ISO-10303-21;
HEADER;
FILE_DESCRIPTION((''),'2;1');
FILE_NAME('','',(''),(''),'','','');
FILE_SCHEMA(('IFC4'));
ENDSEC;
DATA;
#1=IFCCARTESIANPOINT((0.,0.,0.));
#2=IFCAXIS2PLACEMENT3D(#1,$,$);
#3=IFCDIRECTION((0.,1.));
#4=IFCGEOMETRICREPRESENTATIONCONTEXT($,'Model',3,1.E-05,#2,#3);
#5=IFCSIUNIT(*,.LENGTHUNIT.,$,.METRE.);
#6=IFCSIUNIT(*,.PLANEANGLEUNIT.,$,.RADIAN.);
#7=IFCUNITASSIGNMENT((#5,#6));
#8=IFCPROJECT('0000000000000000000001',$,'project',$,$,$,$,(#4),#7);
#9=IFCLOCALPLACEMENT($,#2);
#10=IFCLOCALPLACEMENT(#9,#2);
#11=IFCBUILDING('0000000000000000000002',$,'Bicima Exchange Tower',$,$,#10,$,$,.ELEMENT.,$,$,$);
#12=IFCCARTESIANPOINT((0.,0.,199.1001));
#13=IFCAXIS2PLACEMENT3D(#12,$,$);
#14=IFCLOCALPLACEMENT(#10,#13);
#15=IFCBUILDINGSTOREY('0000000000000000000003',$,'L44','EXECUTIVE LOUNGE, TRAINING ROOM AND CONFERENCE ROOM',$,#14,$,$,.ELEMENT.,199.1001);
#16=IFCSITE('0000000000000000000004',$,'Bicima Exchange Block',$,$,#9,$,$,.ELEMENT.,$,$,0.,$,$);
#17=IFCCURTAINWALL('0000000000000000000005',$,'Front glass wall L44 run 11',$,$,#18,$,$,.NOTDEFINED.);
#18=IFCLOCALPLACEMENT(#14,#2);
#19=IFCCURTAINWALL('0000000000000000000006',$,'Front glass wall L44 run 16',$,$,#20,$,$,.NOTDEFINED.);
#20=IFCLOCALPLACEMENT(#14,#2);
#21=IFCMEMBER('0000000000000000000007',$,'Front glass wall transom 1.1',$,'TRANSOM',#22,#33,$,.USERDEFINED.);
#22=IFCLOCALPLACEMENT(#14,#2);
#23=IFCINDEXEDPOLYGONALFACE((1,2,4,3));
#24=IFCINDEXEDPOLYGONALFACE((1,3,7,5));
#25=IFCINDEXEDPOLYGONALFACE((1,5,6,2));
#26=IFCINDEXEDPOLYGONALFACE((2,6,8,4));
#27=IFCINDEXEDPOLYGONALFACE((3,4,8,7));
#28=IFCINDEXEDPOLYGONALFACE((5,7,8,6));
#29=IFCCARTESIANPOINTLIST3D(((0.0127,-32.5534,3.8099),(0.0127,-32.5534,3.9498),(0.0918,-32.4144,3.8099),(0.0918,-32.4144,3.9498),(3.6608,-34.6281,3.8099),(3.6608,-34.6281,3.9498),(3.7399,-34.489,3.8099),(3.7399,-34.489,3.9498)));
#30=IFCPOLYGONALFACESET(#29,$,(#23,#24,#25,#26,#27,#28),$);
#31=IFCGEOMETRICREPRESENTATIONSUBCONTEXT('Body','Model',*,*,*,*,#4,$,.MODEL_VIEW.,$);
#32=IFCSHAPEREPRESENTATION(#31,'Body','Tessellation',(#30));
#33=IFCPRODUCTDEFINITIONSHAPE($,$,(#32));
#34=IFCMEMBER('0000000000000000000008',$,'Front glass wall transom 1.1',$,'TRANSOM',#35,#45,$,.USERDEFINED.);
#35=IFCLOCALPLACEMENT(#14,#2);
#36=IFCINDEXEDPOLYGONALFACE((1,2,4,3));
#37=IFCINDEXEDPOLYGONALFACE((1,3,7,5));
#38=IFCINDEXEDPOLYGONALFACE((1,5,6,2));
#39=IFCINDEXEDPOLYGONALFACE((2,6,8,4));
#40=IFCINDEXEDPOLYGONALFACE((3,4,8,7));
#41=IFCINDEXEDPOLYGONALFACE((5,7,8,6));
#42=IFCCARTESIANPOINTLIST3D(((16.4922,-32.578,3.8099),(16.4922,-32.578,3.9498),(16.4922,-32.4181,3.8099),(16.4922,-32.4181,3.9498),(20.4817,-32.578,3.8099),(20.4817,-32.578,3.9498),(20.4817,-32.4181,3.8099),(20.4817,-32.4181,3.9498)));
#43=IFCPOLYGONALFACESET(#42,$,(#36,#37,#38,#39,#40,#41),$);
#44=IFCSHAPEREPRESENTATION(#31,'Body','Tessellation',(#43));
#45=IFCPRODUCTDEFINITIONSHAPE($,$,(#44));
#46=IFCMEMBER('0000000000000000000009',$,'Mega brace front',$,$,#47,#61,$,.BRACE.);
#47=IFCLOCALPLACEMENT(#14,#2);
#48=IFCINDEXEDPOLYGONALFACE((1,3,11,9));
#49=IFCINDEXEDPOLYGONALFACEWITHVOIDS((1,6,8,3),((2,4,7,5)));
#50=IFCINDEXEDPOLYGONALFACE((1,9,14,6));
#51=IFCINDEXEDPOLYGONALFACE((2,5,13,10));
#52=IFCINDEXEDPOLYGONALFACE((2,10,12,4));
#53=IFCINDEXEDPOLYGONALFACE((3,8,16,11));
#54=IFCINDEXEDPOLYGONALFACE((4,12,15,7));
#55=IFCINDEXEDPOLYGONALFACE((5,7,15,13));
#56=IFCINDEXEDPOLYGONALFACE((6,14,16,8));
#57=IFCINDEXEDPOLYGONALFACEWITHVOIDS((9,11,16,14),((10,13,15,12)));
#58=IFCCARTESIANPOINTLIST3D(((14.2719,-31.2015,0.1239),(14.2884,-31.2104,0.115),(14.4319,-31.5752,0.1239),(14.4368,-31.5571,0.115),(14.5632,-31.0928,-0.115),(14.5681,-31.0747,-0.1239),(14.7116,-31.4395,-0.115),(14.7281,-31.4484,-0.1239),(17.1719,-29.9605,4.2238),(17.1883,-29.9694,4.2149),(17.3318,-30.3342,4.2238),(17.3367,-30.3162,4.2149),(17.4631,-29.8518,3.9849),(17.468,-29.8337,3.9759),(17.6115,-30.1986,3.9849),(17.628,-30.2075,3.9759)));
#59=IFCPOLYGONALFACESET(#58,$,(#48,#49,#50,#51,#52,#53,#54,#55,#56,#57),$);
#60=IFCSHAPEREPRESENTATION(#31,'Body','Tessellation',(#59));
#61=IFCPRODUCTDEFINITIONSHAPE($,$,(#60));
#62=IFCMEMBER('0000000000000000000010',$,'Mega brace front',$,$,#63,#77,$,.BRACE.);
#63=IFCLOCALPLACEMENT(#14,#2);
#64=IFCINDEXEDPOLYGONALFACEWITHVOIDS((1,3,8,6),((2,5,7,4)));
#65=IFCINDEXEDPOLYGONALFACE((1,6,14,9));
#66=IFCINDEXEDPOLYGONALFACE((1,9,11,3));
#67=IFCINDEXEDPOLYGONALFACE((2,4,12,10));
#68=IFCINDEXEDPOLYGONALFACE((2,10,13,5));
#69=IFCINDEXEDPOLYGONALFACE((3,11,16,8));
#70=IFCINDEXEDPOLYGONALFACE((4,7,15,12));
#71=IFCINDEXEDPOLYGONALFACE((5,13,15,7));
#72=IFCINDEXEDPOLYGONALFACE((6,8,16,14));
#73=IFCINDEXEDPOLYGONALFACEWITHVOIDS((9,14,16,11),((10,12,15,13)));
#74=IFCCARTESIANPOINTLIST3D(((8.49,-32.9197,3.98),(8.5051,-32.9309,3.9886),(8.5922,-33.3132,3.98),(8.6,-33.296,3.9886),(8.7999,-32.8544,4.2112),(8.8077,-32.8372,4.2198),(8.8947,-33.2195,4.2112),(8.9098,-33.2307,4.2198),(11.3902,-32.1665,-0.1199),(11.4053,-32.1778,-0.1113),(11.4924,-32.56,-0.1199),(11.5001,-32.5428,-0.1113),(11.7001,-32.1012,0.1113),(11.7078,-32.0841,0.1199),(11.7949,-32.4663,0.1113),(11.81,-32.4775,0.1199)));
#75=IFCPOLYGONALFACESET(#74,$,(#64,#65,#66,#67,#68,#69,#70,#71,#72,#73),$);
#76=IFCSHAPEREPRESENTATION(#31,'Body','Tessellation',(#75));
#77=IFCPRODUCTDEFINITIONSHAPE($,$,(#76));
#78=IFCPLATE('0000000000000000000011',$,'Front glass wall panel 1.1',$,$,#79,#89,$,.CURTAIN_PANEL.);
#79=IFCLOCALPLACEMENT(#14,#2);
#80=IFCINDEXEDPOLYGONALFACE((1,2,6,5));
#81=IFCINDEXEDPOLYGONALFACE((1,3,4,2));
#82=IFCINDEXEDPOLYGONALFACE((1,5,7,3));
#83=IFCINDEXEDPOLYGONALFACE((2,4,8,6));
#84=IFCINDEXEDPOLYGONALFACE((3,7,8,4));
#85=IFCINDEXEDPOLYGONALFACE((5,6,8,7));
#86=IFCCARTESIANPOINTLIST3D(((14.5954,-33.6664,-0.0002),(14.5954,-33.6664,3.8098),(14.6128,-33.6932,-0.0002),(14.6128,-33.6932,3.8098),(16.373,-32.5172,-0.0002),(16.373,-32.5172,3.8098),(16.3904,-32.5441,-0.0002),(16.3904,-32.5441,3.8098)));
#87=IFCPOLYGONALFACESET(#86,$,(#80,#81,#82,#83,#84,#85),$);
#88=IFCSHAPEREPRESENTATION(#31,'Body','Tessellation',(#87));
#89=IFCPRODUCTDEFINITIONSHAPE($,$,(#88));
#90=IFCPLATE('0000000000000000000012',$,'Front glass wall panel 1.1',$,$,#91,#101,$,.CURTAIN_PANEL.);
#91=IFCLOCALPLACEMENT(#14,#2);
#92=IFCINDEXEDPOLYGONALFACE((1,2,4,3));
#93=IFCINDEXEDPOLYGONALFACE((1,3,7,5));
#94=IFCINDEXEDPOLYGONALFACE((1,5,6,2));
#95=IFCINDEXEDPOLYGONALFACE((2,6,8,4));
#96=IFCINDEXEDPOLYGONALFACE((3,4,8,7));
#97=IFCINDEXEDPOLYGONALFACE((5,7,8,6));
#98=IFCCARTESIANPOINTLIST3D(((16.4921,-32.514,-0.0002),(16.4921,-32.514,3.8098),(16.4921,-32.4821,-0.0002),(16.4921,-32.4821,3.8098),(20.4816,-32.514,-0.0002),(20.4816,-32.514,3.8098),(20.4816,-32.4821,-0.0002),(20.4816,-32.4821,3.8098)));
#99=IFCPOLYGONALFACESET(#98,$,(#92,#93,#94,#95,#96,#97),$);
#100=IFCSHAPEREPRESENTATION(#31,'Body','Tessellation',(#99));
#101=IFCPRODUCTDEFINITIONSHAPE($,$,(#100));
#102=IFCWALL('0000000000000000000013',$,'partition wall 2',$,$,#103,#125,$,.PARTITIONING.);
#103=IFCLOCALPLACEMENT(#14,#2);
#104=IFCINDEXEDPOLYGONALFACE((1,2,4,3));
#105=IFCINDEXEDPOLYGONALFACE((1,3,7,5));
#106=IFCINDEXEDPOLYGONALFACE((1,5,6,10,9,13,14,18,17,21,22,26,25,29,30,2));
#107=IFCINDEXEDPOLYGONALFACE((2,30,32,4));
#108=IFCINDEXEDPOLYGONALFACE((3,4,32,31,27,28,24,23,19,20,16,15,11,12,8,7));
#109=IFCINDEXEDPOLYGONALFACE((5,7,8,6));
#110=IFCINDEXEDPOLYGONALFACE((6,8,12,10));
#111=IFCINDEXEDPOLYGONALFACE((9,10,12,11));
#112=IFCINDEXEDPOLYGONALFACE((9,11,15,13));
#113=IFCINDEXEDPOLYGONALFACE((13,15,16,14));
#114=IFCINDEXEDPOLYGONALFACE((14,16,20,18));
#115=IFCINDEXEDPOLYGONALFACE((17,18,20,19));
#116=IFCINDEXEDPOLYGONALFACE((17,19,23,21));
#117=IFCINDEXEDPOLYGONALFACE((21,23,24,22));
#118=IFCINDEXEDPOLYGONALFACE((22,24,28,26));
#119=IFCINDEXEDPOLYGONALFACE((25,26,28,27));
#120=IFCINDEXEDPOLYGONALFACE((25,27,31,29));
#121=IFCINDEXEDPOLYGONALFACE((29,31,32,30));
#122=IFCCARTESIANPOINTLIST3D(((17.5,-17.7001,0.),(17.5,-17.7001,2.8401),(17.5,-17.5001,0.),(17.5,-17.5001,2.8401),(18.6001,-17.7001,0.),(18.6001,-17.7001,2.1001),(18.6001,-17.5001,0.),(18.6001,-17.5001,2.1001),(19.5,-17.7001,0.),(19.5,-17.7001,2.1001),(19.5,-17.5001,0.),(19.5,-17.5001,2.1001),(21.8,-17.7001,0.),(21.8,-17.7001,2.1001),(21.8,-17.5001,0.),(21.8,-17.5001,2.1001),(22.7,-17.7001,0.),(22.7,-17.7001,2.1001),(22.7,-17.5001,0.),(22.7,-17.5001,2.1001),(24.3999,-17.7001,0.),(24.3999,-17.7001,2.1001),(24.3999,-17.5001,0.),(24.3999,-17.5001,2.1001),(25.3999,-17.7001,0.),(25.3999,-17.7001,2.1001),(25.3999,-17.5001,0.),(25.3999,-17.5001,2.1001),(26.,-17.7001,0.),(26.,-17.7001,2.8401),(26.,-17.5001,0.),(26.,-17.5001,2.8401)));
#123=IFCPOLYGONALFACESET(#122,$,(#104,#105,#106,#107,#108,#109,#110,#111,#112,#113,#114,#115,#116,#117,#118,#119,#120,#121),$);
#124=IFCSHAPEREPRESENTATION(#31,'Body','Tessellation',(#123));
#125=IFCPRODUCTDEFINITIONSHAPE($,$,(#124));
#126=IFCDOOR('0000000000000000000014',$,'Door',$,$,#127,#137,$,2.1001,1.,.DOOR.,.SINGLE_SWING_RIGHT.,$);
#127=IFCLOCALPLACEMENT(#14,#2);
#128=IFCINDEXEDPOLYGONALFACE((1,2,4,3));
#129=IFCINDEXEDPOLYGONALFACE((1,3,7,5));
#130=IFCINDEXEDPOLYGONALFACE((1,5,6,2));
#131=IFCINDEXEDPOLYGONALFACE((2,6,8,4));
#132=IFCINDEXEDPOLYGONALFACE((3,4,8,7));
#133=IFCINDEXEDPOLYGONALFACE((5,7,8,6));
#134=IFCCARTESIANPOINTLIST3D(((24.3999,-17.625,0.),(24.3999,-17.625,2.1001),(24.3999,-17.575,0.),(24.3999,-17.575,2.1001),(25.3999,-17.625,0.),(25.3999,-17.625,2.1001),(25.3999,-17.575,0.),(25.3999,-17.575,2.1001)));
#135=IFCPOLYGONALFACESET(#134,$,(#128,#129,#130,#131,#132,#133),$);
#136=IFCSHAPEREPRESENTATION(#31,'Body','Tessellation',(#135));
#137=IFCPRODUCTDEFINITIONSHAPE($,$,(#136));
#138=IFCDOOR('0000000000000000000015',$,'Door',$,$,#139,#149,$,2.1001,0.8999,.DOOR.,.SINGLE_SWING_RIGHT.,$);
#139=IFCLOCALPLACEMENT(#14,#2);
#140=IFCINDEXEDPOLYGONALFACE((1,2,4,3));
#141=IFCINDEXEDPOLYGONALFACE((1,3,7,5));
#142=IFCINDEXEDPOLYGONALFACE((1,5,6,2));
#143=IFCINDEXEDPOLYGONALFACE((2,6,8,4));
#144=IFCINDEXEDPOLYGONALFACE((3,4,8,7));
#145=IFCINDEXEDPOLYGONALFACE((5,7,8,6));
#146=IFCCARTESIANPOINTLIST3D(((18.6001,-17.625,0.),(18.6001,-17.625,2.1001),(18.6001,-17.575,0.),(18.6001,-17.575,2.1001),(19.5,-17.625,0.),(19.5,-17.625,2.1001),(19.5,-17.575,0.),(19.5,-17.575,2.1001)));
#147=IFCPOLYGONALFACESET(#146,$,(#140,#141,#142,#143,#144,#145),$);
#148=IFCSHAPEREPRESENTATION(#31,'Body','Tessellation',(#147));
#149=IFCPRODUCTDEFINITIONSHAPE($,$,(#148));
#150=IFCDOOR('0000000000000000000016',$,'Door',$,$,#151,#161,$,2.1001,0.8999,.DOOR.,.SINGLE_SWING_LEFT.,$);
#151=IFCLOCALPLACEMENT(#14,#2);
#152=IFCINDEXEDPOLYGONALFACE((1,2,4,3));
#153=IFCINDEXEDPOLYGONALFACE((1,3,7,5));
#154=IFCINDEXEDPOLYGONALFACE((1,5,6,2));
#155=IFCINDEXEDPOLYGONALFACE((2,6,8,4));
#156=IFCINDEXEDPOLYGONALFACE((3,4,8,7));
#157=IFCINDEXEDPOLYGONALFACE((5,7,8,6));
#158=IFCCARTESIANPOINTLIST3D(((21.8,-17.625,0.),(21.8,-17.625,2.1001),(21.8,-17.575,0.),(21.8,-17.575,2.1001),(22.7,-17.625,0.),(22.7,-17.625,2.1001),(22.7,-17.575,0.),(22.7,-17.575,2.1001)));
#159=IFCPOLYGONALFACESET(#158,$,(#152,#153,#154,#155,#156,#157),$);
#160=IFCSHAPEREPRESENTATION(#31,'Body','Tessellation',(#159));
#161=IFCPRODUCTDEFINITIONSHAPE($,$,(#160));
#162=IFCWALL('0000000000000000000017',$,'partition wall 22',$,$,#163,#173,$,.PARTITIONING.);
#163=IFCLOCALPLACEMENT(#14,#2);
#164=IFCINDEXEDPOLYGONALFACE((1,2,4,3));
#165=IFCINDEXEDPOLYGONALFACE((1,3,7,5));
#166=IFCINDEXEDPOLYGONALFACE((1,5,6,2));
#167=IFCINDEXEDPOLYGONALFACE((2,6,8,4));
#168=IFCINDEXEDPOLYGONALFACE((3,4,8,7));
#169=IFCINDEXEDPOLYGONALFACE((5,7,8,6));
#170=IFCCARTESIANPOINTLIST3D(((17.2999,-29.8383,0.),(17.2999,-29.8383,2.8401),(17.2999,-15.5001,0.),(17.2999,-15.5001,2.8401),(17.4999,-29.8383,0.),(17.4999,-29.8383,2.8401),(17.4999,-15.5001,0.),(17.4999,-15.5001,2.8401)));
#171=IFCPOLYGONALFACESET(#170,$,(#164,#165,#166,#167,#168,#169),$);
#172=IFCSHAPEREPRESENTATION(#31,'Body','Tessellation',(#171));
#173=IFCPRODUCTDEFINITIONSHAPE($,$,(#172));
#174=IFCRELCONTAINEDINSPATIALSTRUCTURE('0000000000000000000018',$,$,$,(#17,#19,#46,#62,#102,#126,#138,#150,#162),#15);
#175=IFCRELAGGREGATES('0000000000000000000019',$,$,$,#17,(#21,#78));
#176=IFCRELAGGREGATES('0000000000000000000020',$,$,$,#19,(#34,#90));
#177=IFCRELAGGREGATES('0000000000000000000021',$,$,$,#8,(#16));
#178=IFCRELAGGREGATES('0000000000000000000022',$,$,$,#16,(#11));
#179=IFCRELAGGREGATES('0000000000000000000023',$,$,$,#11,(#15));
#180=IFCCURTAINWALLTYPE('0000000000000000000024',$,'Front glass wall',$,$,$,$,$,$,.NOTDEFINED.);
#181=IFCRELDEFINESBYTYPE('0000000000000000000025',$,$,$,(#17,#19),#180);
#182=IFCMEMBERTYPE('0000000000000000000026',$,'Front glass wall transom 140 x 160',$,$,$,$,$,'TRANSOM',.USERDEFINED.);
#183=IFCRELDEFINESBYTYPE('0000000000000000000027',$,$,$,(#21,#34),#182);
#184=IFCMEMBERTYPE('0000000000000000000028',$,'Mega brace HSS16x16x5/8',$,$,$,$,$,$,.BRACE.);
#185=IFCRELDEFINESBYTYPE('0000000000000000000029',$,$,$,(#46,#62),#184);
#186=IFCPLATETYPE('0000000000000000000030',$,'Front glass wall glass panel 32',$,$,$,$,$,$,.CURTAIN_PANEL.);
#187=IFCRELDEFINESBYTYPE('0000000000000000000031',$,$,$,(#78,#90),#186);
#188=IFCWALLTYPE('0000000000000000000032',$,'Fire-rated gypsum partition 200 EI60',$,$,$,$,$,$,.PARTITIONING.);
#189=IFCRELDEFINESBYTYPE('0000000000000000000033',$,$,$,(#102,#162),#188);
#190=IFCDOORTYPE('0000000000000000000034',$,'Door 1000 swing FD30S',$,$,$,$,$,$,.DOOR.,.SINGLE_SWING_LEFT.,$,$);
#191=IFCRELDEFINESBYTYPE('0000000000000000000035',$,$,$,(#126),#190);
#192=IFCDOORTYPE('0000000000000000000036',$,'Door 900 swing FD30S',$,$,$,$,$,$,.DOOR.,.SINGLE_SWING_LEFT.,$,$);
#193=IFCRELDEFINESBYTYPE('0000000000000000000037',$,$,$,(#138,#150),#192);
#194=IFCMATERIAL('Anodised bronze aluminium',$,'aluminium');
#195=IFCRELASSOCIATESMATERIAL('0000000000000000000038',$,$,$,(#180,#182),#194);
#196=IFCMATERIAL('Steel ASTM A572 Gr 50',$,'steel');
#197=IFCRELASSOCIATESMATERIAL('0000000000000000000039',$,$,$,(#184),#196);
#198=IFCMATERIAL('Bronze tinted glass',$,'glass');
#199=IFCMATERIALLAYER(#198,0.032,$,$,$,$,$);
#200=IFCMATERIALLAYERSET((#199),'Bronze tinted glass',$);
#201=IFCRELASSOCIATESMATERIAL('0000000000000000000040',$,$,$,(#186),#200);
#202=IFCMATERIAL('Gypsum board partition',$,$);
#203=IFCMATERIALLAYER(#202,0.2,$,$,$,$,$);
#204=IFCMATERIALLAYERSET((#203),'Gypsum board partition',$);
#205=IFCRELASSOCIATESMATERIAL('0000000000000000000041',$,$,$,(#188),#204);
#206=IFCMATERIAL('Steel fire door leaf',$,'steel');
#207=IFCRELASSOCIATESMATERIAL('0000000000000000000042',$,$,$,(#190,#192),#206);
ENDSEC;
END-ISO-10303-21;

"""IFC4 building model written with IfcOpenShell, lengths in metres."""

from ifc_helpers import new_model, si_unit, direction, frame, frame_2d, origin, origin_2d, place, context, subcontext, project, spatial, rectangle, hollow_rectangle, extrude, material, layer, layer_set, material_profile, profile_set, type_object, element, fill, aggregate, save


model = new_model("IFC4")

# Units and contexts
model_context = context("Model", 3, precision=1e-05, world=origin(), true_north=direction((0.0, 1.0)))
body_context = subcontext(model_context, "Body", "Model", "MODEL_VIEW")
ifc_project = project(units=[si_unit("LENGTHUNIT", "METRE"), si_unit("PLANEANGLEUNIT", "RADIAN")], contexts=[model_context])

# Site, building, storey
site_placement = place(None, origin())
site = spatial("IfcSite", under=ifc_project, at=site_placement, Name="Bicima Exchange Block", CompositionType="ELEMENT", RefElevation=0.0)
building_placement = place(site_placement, origin())
building = spatial("IfcBuilding", under=site, at=building_placement, Name="Bicima Exchange Tower", CompositionType="ELEMENT")
storey_placement = place(building_placement, frame((0.0, 0.0, 199.1001)))
storey = spatial("IfcBuildingStorey", under=building, at=storey_placement, Name="L44", Description="EXECUTIVE LOUNGE, TRAINING ROOM AND CONFERENCE ROOM", CompositionType="ELEMENT", Elevation=199.1001)

# Curtain walls
ifc_material_1 = material(Name="Anodised bronze aluminium", Category="aluminium")
curtain_wall_type = type_object("IfcCurtainWallType", Name="Front glass wall", PredefinedType="NOTDEFINED", material=ifc_material_1)
curtain_wall_1_placement = place(storey_placement, origin())
curtain_wall_1 = element("IfcCurtainWall", 1, at=curtain_wall_1_placement, inside=storey, type_object=curtain_wall_type, Name="Front glass wall L44 run 11", PredefinedType="NOTDEFINED")
curtain_wall_2_placement = place(storey_placement, origin())
curtain_wall_2 = element("IfcCurtainWall", 2, at=curtain_wall_2_placement, inside=storey, type_object=curtain_wall_type, Name="Front glass wall L44 run 16", PredefinedType="NOTDEFINED")

# Members
ifc_material_profile_1 = material_profile(ifc_material_1, rectangle(XDim=0.1599, YDim=0.1399, at=origin_2d()))
ifc_profile_set_1 = profile_set([ifc_material_profile_1], Name="Anodised bronze aluminium")
member_type_1 = type_object("IfcMemberType", Name="Front glass wall transom 140 x 160", ElementType="TRANSOM", PredefinedType="USERDEFINED", material=ifc_profile_set_1)
member_1_placement = place(storey_placement, frame((0.0522, -32.4839, 3.8799), z_axis=(0.869265, -0.494346, 0.0), x_axis=(0.494346, 0.869265, 0.0)))
member_1 = element("IfcMember", 3, at=member_1_placement, type_object=member_type_1, Name="Front glass wall transom 1.1", ObjectType="TRANSOM", PredefinedType="USERDEFINED", context=body_context, shape_type="SweptSolid", body=[
    extrude(rectangle(XDim=0.1599, YDim=0.1399, at=origin_2d()), origin(), (0.0, 0.0, 1.0), 4.1968),
])
member_2_placement = place(storey_placement, frame((16.4922, -32.498, 3.8799), z_axis=(1.0, 0.0, 0.0), x_axis=(0.0, 1.0, 0.0)))
member_2 = element("IfcMember", 4, at=member_2_placement, type_object=member_type_1, Name="Front glass wall transom 1.1", ObjectType="TRANSOM", PredefinedType="USERDEFINED", context=body_context, shape_type="SweptSolid", body=[
    extrude(rectangle(XDim=0.1599, YDim=0.1399, at=origin_2d()), origin(), (0.0, 0.0, 1.0), 3.9895),
])

# Members
ifc_material_2 = material(Name="Steel ASTM A572 Gr 50", Category="steel")
ifc_material_profile_2 = material_profile(ifc_material_2, hollow_rectangle(XDim=0.4065, YDim=0.4065, WallThickness=0.0146, at=origin_2d()))
ifc_profile_set_2 = profile_set([ifc_material_profile_2], Name="Steel ASTM A572 Gr 50")
member_type_2 = type_object("IfcMemberType", Name="Mega brace HSS16x16x5/8", PredefinedType="BRACE", material=ifc_profile_set_2)
member_3_placement = place(storey_placement, frame((14.5, -31.325, 0.0), z_axis=(0.560602, 0.239901, 0.792574), x_axis=(-0.393424, 0.919357, 0.0)))
element("IfcMember", 5, at=member_3_placement, inside=storey, type_object=member_type_2, Name="Mega brace front", PredefinedType="BRACE", context=body_context, shape_type="SweptSolid", body=[
    extrude(hollow_rectangle(XDim=0.4065, YDim=0.4065, WallThickness=0.0146, at=origin_2d()), origin(), (0.0, 0.0, 1.0), 5.1729),
])
member_4_placement = place(storey_placement, frame((11.6001, -32.322, 0.0), z_axis=(-0.571111, -0.148319, 0.807363), x_axis=(0.251364, -0.967893, 0.0)))
element("IfcMember", 6, at=member_4_placement, inside=storey, type_object=member_type_2, Name="Mega brace front", PredefinedType="BRACE", context=body_context, shape_type="SweptSolid", body=[
    extrude(hollow_rectangle(XDim=0.4065, YDim=0.4065, WallThickness=0.0146, at=origin_2d()), origin(), (0.0, 0.0, 1.0), 5.0781),
])

# Plates
ifc_material_3 = material(Name="Bronze tinted glass", Category="glass")
ifc_layer_1 = layer(ifc_material_3, 0.032)
ifc_layer_set_1 = layer_set([ifc_layer_1], Name="Bronze tinted glass")
plate_type = type_object("IfcPlateType", Name="Front glass wall glass panel 32", PredefinedType="CURTAIN_PANEL", material=ifc_layer_set_1)
plate_1_placement = place(storey_placement, frame((15.4929, -33.1052, -0.0002), z_axis=(0.0, 0.0, 1.0), x_axis=(0.839791, 0.542909, 0.0)))
plate_1 = element("IfcPlate", 7, at=plate_1_placement, type_object=plate_type, Name="Front glass wall panel 1.1", PredefinedType="CURTAIN_PANEL", context=body_context, shape_type="SweptSolid", body=[
    extrude(rectangle(XDim=2.1167, YDim=0.032, at=origin_2d()), origin(), (0.0, 0.0, 1.0), 3.8101),
])
aggregate(curtain_wall_1, [member_1, plate_1])
plate_2_placement = place(storey_placement, frame((18.4868, -32.498, -0.0002), z_axis=(0.0, 0.0, 1.0), x_axis=(1.0, 0.0, 0.0)))
plate_2 = element("IfcPlate", 8, at=plate_2_placement, type_object=plate_type, Name="Front glass wall panel 1.1", PredefinedType="CURTAIN_PANEL", context=body_context, shape_type="SweptSolid", body=[
    extrude(rectangle(XDim=3.9895, YDim=0.032, at=origin_2d()), origin(), (0.0, 0.0, 1.0), 3.8101),
])
aggregate(curtain_wall_2, [member_2, plate_2])

# Wall, openings, doors
ifc_material_4 = material(Name="Gypsum board partition")
ifc_layer_2 = layer(ifc_material_4, 0.2)
ifc_layer_set_2 = layer_set([ifc_layer_2], Name="Gypsum board partition")
wall_type_1 = type_object("IfcWallType", Name="Fire-rated gypsum partition 200 EI60", PredefinedType="PARTITIONING", material=ifc_layer_set_2)
wall_1_placement = place(storey_placement, frame((17.5, -17.6001, 0.0), z_axis=(0.0, 0.0, 1.0), x_axis=(1.0, 0.0, 0.0)))
wall_1 = element("IfcWall", 9, at=wall_1_placement, inside=storey, type_object=wall_type_1, Name="partition wall 2", PredefinedType="PARTITIONING", context=body_context, shape_type="SweptSolid", body=[
    extrude(rectangle(XDim=8.5, YDim=0.2, at=frame_2d((4.25, 0.0))), origin(), (0.0, 0.0, 1.0), 2.8401),
])
opening_1_placement = place(wall_1_placement, frame((1.1001, 0.0, 0.0)))
opening_1 = element("IfcOpeningElement", 10, at=opening_1_placement, cuts=wall_1, PredefinedType="OPENING", context=body_context, shape_type="SweptSolid", body=[
    extrude(rectangle(XDim=0.8999, YDim=2.1001, at=frame_2d((0.45, 1.05))), frame((0.0, 0.1118, 0.0), z_axis=(0.0, -1.0, 0.0), x_axis=(1.0, 0.0, 0.0)), (0.0, 0.0, 1.0), 0.2239),
])
opening_2_placement = place(wall_1_placement, frame((4.3, 0.0, 0.0)))
opening_2 = element("IfcOpeningElement", 11, at=opening_2_placement, cuts=wall_1, PredefinedType="OPENING", context=body_context, shape_type="SweptSolid", body=[
    extrude(rectangle(XDim=0.8999, YDim=2.1001, at=frame_2d((0.45, 1.05))), frame((0.0, 0.1118, 0.0), z_axis=(0.0, -1.0, 0.0), x_axis=(1.0, 0.0, 0.0)), (0.0, 0.0, 1.0), 0.2239),
])
opening_3_placement = place(wall_1_placement, frame((6.8999, 0.0, 0.0)))
opening_3 = element("IfcOpeningElement", 12, at=opening_3_placement, cuts=wall_1, PredefinedType="OPENING", context=body_context, shape_type="SweptSolid", body=[
    extrude(rectangle(XDim=1.0, YDim=2.1001, at=frame_2d((0.5, 1.05))), frame((0.0, 0.1118, 0.0), z_axis=(0.0, -1.0, 0.0), x_axis=(1.0, 0.0, 0.0)), (0.0, 0.0, 1.0), 0.2239),
])
ifc_material_5 = material(Name="Steel fire door leaf", Category="steel")
door_type_1 = type_object("IfcDoorType", Name="Door 1000 swing FD30S", OperationType="SINGLE_SWING_LEFT", PredefinedType="DOOR", material=ifc_material_5)
door_1_placement = place(opening_3_placement, frame((1.0, 0.0, 0.0), z_axis=(0.0, 0.0, 1.0), x_axis=(-1.0, 0.0, 0.0)))
door_1 = element("IfcDoor", 13, at=door_1_placement, inside=storey, type_object=door_type_1, Name="Door", OperationType="SINGLE_SWING_RIGHT", OverallHeight=2.1001, OverallWidth=1.0, PredefinedType="DOOR", context=body_context, shape_type="SweptSolid", body=[
    extrude(rectangle(XDim=1.0, YDim=2.1001, at=frame_2d((0.5, 1.05))), frame((0.0, 0.0249, 0.0), z_axis=(0.0, -1.0, 0.0), x_axis=(1.0, 0.0, 0.0)), (0.0, 0.0, 1.0), 0.05),
])
fill(opening_3, door_1)
door_type_2 = type_object("IfcDoorType", Name="Door 900 swing FD30S", OperationType="SINGLE_SWING_LEFT", PredefinedType="DOOR", material=ifc_material_5)
door_2_placement = place(opening_1_placement, frame((0.8999, 0.0, 0.0), z_axis=(0.0, 0.0, 1.0), x_axis=(-1.0, 0.0, 0.0)))
door_2 = element("IfcDoor", 14, at=door_2_placement, inside=storey, type_object=door_type_2, Name="Door", OperationType="SINGLE_SWING_RIGHT", OverallHeight=2.1001, OverallWidth=0.8999, PredefinedType="DOOR", context=body_context, shape_type="SweptSolid", body=[
    extrude(rectangle(XDim=0.8999, YDim=2.1001, at=frame_2d((0.45, 1.05))), frame((0.0, 0.0249, 0.0), z_axis=(0.0, -1.0, 0.0), x_axis=(1.0, 0.0, 0.0)), (0.0, 0.0, 1.0), 0.05),
])
fill(opening_1, door_2)
door_3_placement = place(opening_2_placement, frame((0.8999, 0.0, 0.0), z_axis=(0.0, 0.0, 1.0), x_axis=(-1.0, 0.0, 0.0)))
door_3 = element("IfcDoor", 15, at=door_3_placement, inside=storey, type_object=door_type_2, Name="Door", OperationType="SINGLE_SWING_LEFT", OverallHeight=2.1001, OverallWidth=0.8999, PredefinedType="DOOR", context=body_context, shape_type="SweptSolid", body=[
    extrude(rectangle(XDim=0.8999, YDim=2.1001, at=frame_2d((0.45, 1.05))), frame((0.0, 0.0249, 0.0), z_axis=(0.0, -1.0, 0.0), x_axis=(1.0, 0.0, 0.0)), (0.0, 0.0, 1.0), 0.05),
])
fill(opening_2, door_3)

# Wall
wall_2_placement = place(storey_placement, frame((17.3999, -29.8381, 0.0), z_axis=(0.0, 0.0, 1.0), x_axis=(0.0, 1.0, 0.0)))
element("IfcWall", 16, at=wall_2_placement, inside=storey, type_object=wall_type_1, Name="partition wall 22", PredefinedType="PARTITIONING", context=body_context, shape_type="SweptSolid", body=[
    extrude(rectangle(XDim=14.3381, YDim=0.2, at=frame_2d((7.1689, 0.0))), origin(), (0.0, 0.0, 1.0), 2.8401),
])

save(model, "model.ifc")
